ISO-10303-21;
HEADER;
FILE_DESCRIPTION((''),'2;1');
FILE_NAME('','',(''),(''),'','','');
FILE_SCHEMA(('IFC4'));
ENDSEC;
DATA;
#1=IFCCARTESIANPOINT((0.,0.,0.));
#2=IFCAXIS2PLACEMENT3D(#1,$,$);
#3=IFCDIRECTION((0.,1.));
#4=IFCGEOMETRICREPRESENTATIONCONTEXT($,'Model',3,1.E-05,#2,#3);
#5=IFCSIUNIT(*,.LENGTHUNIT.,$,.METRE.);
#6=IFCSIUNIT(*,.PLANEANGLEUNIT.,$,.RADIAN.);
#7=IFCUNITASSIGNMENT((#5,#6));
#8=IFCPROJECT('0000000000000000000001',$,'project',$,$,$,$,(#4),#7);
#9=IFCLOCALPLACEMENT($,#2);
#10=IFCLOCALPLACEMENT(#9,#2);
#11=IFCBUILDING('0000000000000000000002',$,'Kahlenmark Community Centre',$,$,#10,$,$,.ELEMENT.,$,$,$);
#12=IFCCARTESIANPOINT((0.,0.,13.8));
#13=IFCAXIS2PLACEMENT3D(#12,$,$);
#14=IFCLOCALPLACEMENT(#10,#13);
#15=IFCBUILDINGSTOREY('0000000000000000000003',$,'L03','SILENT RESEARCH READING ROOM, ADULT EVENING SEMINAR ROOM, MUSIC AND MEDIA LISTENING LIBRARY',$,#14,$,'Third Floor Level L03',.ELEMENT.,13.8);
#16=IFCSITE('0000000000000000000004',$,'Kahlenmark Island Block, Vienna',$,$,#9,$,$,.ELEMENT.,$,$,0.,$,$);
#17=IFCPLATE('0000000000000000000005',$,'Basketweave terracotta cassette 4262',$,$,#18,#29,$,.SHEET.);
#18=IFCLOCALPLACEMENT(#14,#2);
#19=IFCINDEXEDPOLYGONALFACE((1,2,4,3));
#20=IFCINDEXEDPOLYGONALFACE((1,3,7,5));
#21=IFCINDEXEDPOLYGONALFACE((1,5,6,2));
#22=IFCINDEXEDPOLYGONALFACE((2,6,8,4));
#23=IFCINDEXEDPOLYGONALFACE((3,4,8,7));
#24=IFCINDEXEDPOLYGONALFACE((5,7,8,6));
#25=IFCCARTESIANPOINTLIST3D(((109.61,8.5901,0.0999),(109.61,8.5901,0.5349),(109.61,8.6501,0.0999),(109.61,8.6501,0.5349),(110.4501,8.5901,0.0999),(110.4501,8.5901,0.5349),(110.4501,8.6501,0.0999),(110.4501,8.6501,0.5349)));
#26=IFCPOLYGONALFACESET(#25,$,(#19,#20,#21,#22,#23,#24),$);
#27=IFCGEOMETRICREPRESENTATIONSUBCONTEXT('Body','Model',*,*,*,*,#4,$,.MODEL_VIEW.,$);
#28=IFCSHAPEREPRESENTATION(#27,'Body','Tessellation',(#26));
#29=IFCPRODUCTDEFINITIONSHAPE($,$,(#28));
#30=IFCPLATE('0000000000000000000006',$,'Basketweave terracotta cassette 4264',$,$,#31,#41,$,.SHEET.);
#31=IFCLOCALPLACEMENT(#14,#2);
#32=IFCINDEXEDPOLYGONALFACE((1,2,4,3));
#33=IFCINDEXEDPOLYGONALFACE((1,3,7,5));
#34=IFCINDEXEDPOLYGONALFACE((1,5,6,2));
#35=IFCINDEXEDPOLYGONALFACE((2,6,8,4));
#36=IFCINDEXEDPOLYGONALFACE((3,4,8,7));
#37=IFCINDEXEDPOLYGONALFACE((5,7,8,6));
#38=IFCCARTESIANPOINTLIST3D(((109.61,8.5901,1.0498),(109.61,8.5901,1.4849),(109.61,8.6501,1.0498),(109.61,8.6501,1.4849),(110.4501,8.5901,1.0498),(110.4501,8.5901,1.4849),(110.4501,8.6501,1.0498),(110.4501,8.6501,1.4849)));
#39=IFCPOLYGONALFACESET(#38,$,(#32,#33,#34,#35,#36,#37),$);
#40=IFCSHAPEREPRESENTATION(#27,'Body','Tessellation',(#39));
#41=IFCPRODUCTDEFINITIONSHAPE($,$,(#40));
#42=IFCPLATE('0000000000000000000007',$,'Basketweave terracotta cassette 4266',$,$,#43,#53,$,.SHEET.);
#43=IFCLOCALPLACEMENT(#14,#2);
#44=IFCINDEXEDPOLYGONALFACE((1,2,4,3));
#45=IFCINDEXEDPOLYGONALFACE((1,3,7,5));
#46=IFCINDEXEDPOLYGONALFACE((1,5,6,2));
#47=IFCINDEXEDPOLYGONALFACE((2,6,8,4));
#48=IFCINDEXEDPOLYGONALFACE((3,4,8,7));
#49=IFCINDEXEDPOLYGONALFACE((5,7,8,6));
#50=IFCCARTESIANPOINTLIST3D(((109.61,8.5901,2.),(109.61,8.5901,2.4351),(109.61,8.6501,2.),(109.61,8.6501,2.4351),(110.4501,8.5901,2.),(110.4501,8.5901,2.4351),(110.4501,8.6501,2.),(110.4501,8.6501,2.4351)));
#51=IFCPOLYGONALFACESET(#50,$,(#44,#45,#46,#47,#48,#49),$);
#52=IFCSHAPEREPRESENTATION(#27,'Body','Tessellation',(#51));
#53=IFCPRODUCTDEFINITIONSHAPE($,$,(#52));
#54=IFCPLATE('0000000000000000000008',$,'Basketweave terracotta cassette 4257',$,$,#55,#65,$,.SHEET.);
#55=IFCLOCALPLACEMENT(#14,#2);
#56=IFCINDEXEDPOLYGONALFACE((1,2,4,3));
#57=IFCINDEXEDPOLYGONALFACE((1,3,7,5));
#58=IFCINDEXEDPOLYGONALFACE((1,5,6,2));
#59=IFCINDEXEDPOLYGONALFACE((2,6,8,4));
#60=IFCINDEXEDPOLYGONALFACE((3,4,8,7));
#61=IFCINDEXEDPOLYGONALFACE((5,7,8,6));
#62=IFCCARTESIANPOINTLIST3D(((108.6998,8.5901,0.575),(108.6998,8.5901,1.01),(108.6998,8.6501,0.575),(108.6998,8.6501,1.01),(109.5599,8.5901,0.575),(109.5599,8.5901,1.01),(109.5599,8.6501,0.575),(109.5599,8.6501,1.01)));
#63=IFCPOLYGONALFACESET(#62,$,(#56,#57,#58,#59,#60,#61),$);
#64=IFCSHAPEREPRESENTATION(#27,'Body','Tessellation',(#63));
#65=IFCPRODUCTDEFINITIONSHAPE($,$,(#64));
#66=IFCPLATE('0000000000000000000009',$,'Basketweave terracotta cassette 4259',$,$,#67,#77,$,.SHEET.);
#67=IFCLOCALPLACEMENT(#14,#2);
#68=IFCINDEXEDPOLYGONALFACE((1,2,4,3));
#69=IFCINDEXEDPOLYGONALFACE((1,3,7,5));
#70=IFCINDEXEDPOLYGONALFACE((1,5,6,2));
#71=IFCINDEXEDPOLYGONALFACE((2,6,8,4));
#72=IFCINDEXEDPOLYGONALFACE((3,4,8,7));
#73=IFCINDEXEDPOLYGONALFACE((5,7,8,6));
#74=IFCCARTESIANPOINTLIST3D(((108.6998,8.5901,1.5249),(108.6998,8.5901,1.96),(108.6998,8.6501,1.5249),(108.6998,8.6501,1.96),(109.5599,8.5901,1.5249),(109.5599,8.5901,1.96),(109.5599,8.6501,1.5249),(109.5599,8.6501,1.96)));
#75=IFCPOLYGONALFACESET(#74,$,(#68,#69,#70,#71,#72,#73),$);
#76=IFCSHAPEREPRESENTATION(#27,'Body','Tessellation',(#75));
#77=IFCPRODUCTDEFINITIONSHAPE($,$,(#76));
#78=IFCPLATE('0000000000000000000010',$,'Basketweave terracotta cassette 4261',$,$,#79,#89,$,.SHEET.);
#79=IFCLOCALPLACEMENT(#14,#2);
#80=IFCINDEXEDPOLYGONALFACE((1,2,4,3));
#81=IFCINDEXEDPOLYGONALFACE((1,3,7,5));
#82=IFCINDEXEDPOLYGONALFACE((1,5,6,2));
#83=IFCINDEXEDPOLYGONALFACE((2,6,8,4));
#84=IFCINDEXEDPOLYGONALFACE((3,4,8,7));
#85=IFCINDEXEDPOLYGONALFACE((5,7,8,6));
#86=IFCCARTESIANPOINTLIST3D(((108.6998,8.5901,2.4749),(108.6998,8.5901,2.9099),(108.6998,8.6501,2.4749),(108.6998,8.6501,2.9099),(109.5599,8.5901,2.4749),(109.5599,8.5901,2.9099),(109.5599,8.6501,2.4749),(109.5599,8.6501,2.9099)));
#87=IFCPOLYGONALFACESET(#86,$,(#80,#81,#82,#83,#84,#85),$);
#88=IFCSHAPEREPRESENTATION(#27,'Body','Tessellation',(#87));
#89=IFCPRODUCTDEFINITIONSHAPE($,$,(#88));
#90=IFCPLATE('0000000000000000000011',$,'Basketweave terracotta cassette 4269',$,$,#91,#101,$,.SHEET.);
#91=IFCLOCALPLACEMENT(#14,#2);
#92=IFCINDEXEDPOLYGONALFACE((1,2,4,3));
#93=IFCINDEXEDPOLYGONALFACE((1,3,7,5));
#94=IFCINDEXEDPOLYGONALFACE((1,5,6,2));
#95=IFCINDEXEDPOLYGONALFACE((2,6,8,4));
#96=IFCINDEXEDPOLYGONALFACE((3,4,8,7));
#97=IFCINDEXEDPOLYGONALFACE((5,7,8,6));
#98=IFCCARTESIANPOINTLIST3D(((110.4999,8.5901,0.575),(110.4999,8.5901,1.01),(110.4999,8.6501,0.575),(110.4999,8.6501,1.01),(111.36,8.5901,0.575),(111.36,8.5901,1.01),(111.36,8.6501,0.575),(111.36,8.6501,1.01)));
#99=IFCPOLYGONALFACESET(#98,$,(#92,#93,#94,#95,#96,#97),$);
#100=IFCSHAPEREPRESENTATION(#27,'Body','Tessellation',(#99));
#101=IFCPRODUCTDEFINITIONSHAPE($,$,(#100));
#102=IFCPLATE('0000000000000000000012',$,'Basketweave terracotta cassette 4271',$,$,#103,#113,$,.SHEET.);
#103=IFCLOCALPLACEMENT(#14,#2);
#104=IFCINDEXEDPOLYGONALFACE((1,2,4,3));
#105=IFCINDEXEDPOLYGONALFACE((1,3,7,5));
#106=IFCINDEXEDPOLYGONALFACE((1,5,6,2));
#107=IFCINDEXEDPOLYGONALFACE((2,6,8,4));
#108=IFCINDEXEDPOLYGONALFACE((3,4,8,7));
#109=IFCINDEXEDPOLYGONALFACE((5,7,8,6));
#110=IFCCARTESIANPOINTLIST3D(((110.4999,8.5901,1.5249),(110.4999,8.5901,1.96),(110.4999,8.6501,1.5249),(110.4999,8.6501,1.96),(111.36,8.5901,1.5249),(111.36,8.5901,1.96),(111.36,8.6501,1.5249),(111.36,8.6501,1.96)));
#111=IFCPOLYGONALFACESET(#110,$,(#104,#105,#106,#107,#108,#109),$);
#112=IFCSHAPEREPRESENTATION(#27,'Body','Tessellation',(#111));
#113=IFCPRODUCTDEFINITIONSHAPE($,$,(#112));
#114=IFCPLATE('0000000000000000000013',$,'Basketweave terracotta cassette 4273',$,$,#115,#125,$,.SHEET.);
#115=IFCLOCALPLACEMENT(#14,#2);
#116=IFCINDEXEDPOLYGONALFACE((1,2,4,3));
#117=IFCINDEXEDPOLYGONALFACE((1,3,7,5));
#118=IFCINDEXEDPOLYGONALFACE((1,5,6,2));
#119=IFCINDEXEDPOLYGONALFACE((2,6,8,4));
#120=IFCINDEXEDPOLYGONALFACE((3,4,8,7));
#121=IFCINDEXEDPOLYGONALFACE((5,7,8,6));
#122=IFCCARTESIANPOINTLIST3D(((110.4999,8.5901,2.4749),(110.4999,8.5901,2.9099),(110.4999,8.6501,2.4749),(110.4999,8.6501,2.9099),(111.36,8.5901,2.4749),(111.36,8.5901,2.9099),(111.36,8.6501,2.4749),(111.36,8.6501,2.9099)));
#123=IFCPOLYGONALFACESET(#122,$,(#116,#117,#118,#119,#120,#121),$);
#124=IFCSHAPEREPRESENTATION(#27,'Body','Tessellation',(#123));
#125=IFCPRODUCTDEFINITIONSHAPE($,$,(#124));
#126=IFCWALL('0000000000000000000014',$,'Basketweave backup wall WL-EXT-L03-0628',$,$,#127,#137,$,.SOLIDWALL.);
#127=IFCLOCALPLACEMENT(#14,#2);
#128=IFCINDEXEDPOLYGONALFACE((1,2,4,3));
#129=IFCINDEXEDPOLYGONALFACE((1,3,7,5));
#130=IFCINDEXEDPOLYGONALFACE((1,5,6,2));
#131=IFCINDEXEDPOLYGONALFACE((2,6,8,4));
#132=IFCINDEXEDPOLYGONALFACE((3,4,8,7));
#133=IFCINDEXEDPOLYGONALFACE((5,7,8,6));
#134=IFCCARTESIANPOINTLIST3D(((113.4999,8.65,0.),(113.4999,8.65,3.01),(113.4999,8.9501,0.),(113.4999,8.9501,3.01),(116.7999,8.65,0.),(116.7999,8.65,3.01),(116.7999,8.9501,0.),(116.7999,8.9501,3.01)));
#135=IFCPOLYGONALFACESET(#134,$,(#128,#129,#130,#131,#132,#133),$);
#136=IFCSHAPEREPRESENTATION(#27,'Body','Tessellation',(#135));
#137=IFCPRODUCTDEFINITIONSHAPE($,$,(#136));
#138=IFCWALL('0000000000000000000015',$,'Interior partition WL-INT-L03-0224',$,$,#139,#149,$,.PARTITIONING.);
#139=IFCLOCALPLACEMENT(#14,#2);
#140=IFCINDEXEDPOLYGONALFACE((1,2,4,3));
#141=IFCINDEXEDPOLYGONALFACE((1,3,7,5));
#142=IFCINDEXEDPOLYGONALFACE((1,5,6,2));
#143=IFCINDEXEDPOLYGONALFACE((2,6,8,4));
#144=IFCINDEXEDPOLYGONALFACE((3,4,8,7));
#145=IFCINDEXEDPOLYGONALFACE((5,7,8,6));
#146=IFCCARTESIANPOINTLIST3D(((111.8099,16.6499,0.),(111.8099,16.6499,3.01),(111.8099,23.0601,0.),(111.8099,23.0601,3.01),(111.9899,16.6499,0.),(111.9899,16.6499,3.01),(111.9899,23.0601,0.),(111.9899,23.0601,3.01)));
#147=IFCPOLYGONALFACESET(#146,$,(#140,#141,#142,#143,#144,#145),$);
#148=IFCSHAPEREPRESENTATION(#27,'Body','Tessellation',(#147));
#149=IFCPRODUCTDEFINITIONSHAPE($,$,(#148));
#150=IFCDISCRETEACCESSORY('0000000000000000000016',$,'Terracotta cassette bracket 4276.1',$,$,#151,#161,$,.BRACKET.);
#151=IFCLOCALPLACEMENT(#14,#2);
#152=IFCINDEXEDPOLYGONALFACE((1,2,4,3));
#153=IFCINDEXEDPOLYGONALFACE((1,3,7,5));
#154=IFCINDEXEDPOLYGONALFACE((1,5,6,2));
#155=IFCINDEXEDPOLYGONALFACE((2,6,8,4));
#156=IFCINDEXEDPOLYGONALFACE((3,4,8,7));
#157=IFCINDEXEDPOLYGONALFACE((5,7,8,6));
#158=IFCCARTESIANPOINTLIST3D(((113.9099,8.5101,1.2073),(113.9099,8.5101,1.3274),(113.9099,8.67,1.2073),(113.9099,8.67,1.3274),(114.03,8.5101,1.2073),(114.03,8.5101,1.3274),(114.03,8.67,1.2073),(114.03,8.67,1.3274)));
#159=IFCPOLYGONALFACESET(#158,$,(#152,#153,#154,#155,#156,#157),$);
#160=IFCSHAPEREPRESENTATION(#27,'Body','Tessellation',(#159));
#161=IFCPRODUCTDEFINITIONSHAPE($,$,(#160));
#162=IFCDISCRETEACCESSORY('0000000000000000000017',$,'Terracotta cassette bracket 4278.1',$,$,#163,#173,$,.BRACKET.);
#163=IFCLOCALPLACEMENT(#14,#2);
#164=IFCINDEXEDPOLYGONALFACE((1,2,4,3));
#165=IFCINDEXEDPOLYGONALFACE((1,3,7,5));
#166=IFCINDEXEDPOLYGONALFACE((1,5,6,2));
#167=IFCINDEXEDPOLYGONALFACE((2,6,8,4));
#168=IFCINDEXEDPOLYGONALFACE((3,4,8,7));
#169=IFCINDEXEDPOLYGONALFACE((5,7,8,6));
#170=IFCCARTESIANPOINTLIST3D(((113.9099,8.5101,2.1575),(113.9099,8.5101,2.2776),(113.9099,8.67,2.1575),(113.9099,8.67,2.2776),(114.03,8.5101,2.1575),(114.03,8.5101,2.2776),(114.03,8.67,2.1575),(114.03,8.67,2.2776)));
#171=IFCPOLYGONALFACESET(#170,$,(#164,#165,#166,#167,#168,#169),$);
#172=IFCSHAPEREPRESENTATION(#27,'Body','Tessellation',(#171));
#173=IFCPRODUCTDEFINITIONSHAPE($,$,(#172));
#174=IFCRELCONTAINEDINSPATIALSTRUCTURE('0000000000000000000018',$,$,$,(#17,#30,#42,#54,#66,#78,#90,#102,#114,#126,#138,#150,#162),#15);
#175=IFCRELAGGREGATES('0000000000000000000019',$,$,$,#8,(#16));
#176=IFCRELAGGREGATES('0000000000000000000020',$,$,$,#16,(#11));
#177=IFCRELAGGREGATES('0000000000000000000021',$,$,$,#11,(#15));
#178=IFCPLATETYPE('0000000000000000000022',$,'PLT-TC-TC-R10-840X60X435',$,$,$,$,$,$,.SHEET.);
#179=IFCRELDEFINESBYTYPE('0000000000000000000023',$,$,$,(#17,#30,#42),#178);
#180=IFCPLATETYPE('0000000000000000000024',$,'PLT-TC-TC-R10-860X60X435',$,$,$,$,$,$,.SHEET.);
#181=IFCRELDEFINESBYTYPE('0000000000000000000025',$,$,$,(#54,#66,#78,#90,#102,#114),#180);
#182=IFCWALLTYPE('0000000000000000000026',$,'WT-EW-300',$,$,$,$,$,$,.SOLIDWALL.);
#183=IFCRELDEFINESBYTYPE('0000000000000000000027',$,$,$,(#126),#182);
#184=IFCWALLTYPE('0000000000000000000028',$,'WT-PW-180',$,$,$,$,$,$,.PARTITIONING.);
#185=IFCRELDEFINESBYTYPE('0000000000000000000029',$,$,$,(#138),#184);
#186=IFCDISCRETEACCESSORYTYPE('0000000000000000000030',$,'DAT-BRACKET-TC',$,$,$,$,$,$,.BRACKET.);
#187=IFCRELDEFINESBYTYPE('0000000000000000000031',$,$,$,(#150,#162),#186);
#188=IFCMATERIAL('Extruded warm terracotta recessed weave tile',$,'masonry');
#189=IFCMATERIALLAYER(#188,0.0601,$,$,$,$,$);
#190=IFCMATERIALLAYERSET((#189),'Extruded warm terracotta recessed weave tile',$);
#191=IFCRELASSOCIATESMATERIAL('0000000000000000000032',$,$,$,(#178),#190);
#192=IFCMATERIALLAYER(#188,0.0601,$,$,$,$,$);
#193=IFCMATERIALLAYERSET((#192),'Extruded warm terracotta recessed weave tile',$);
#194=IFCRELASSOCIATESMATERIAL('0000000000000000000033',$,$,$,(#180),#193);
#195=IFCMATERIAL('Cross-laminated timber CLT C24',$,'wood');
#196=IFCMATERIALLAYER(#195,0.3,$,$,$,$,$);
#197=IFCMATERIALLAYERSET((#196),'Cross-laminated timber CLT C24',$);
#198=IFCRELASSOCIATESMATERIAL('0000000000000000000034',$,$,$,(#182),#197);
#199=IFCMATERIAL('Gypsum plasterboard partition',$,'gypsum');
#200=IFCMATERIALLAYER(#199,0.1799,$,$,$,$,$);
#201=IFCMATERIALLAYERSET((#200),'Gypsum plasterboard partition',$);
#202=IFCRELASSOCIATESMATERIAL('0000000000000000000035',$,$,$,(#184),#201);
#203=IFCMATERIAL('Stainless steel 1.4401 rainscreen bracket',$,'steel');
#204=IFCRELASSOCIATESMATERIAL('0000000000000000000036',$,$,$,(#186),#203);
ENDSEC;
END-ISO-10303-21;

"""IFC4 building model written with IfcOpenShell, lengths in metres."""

from ifc_helpers import new_model, si_unit, direction, frame, frame_2d, origin, origin_2d, place, context, subcontext, project, spatial, rectangle, extrude, material, layer, layer_set, type_object, element, save


model = new_model("IFC4")

# Units and contexts
model_context = context("Model", 3, precision=1e-05, world=origin(), true_north=direction((0.0, 1.0)))
body_context = subcontext(model_context, "Body", "Model", "MODEL_VIEW")
ifc_project = project(units=[si_unit("LENGTHUNIT", "METRE"), si_unit("PLANEANGLEUNIT", "RADIAN")], contexts=[model_context])

# Site, building, storey
site_placement = place(None, origin())
site = spatial("IfcSite", under=ifc_project, at=site_placement, Name="Kahlenmark Island Block, Vienna", CompositionType="ELEMENT", RefElevation=0.0)
building_placement = place(site_placement, origin())
building = spatial("IfcBuilding", under=site, at=building_placement, Name="Kahlenmark Community Centre", CompositionType="ELEMENT")
storey_placement = place(building_placement, frame((0.0, 0.0, 13.8)))
storey = spatial("IfcBuildingStorey", under=building, at=storey_placement, Name="L03", Description="SILENT RESEARCH READING ROOM, ADULT EVENING SEMINAR ROOM, MUSIC AND MEDIA LISTENING LIBRARY", LongName="Third Floor Level L03", CompositionType="ELEMENT", Elevation=13.8)

# Plates
ifc_material_1 = material(Name="Extruded warm terracotta recessed weave tile", Category="masonry")
ifc_layer_1 = layer(ifc_material_1, 0.0601)
ifc_layer_set_1 = layer_set([ifc_layer_1], Name="Extruded warm terracotta recessed weave tile")
plate_type_1 = type_object("IfcPlateType", Name="PLT-TC-TC-R10-840X60X435", PredefinedType="SHEET", material=ifc_layer_set_1)
for number, where, z_axis, x_axis, name in (
    (1, (110.03, 8.6201, 0.0999), (0.0, 0.0, 1.0), (1.0, 0.0, 0.0), "Basketweave terracotta cassette 4262"),
    (2, (110.03, 8.6201, 1.0498), (0.0, 0.0, 1.0), (1.0, 0.0, 0.0), "Basketweave terracotta cassette 4264"),
    (3, (110.03, 8.6201, 2.0), (0.0, 0.0, 1.0), (1.0, 0.0, 0.0), "Basketweave terracotta cassette 4266"),
):
    element("IfcPlate", number, at=place(storey_placement, frame(where, z_axis=z_axis, x_axis=x_axis)), inside=storey, type_object=plate_type_1, Name=name, PredefinedType="SHEET", context=body_context, shape_type="SweptSolid", body=[
        extrude(rectangle(XDim=0.8401, YDim=0.0601, at=origin_2d()), origin(), (0.0, 0.0, 1.0), 0.4351),
    ])
ifc_layer_2 = layer(ifc_material_1, 0.0601)
ifc_layer_set_2 = layer_set([ifc_layer_2], Name="Extruded warm terracotta recessed weave tile")
plate_type_2 = type_object("IfcPlateType", Name="PLT-TC-TC-R10-860X60X435", PredefinedType="SHEET", material=ifc_layer_set_2)
for number, where, z_axis, x_axis, name in (
    (4, (109.1299, 8.6201, 0.575), (0.0, 0.0, 1.0), (1.0, 0.0, 0.0), "Basketweave terracotta cassette 4257"),
    (5, (109.1299, 8.6201, 1.5249), (0.0, 0.0, 1.0), (1.0, 0.0, 0.0), "Basketweave terracotta cassette 4259"),
    (6, (109.1299, 8.6201, 2.4749), (0.0, 0.0, 1.0), (1.0, 0.0, 0.0), "Basketweave terracotta cassette 4261"),
    (7, (110.9299, 8.6201, 0.575), (0.0, 0.0, 1.0), (1.0, 0.0, 0.0), "Basketweave terracotta cassette 4269"),
    (8, (110.9299, 8.6201, 1.5249), (0.0, 0.0, 1.0), (1.0, 0.0, 0.0), "Basketweave terracotta cassette 4271"),
    (9, (110.9299, 8.6201, 2.4749), (0.0, 0.0, 1.0), (1.0, 0.0, 0.0), "Basketweave terracotta cassette 4273"),
):
    element("IfcPlate", number, at=place(storey_placement, frame(where, z_axis=z_axis, x_axis=x_axis)), inside=storey, type_object=plate_type_2, Name=name, PredefinedType="SHEET", context=body_context, shape_type="SweptSolid", body=[
        extrude(rectangle(XDim=0.8601, YDim=0.0601, at=origin_2d()), origin(), (0.0, 0.0, 1.0), 0.4351),
    ])

# Wall
ifc_material_2 = material(Name="Cross-laminated timber CLT C24", Category="wood")
ifc_layer_3 = layer(ifc_material_2, 0.3)
ifc_layer_set_3 = layer_set([ifc_layer_3], Name="Cross-laminated timber CLT C24")
wall_type_1 = type_object("IfcWallType", Name="WT-EW-300", PredefinedType="SOLIDWALL", material=ifc_layer_set_3)
wall_1_placement = place(storey_placement, frame((113.5, 8.8, 0.0), z_axis=(0.0, 0.0, 1.0), x_axis=(1.0, 0.0, 0.0)))
element("IfcWall", 10, at=wall_1_placement, inside=storey, type_object=wall_type_1, Name="Basketweave backup wall WL-EXT-L03-0628", PredefinedType="SOLIDWALL", context=body_context, shape_type="SweptSolid", body=[
    extrude(rectangle(XDim=3.3, YDim=0.3, at=frame_2d((1.6499, 0.0))), origin(), (0.0, 0.0, 1.0), 3.01),
])

# Shared definitions
ifc_material_3 = material(Name="Gypsum plasterboard partition", Category="gypsum")
ifc_layer_4 = layer(ifc_material_3, 0.1799)
ifc_layer_set_4 = layer_set([ifc_layer_4], Name="Gypsum plasterboard partition")
wall_type_2 = type_object("IfcWallType", Name="WT-PW-180", PredefinedType="PARTITIONING", material=ifc_layer_set_4)

# Wall
wall_2_placement = place(storey_placement, frame((111.8999, 16.6499, 0.0), z_axis=(0.0, 0.0, 1.0), x_axis=(0.0, 1.0, 0.0)))
element("IfcWall", 11, at=wall_2_placement, inside=storey, type_object=wall_type_2, Name="Interior partition WL-INT-L03-0224", PredefinedType="PARTITIONING", context=body_context, shape_type="SweptSolid", body=[
    extrude(rectangle(XDim=6.4102, YDim=0.1799, at=frame_2d((3.2051, 0.0))), origin(), (0.0, 0.0, 1.0), 3.01),
])

# Discrete accessories
ifc_material_4 = material(Name="Stainless steel 1.4401 rainscreen bracket", Category="steel")
discrete_accessory_type = type_object("IfcDiscreteAccessoryType", Name="DAT-BRACKET-TC", PredefinedType="BRACKET", material=ifc_material_4)
for number, where, z_axis, x_axis, name in (
    (12, (113.97, 8.5901, 1.2073), (0.0, 0.0, 1.0), (1.0, 0.0, 0.0), "Terracotta cassette bracket 4276.1"),
    (13, (113.97, 8.5901, 2.1575), (0.0, 0.0, 1.0), (1.0, 0.0, 0.0), "Terracotta cassette bracket 4278.1"),
):
    element("IfcDiscreteAccessory", number, at=place(storey_placement, frame(where, z_axis=z_axis, x_axis=x_axis)), inside=storey, type_object=discrete_accessory_type, Name=name, PredefinedType="BRACKET", context=body_context, shape_type="SweptSolid", body=[
        extrude(rectangle(XDim=0.1201, YDim=0.1599, at=origin_2d()), origin(), (0.0, 0.0, 1.0), 0.1201),
    ])

save(model, "model.ifc")
